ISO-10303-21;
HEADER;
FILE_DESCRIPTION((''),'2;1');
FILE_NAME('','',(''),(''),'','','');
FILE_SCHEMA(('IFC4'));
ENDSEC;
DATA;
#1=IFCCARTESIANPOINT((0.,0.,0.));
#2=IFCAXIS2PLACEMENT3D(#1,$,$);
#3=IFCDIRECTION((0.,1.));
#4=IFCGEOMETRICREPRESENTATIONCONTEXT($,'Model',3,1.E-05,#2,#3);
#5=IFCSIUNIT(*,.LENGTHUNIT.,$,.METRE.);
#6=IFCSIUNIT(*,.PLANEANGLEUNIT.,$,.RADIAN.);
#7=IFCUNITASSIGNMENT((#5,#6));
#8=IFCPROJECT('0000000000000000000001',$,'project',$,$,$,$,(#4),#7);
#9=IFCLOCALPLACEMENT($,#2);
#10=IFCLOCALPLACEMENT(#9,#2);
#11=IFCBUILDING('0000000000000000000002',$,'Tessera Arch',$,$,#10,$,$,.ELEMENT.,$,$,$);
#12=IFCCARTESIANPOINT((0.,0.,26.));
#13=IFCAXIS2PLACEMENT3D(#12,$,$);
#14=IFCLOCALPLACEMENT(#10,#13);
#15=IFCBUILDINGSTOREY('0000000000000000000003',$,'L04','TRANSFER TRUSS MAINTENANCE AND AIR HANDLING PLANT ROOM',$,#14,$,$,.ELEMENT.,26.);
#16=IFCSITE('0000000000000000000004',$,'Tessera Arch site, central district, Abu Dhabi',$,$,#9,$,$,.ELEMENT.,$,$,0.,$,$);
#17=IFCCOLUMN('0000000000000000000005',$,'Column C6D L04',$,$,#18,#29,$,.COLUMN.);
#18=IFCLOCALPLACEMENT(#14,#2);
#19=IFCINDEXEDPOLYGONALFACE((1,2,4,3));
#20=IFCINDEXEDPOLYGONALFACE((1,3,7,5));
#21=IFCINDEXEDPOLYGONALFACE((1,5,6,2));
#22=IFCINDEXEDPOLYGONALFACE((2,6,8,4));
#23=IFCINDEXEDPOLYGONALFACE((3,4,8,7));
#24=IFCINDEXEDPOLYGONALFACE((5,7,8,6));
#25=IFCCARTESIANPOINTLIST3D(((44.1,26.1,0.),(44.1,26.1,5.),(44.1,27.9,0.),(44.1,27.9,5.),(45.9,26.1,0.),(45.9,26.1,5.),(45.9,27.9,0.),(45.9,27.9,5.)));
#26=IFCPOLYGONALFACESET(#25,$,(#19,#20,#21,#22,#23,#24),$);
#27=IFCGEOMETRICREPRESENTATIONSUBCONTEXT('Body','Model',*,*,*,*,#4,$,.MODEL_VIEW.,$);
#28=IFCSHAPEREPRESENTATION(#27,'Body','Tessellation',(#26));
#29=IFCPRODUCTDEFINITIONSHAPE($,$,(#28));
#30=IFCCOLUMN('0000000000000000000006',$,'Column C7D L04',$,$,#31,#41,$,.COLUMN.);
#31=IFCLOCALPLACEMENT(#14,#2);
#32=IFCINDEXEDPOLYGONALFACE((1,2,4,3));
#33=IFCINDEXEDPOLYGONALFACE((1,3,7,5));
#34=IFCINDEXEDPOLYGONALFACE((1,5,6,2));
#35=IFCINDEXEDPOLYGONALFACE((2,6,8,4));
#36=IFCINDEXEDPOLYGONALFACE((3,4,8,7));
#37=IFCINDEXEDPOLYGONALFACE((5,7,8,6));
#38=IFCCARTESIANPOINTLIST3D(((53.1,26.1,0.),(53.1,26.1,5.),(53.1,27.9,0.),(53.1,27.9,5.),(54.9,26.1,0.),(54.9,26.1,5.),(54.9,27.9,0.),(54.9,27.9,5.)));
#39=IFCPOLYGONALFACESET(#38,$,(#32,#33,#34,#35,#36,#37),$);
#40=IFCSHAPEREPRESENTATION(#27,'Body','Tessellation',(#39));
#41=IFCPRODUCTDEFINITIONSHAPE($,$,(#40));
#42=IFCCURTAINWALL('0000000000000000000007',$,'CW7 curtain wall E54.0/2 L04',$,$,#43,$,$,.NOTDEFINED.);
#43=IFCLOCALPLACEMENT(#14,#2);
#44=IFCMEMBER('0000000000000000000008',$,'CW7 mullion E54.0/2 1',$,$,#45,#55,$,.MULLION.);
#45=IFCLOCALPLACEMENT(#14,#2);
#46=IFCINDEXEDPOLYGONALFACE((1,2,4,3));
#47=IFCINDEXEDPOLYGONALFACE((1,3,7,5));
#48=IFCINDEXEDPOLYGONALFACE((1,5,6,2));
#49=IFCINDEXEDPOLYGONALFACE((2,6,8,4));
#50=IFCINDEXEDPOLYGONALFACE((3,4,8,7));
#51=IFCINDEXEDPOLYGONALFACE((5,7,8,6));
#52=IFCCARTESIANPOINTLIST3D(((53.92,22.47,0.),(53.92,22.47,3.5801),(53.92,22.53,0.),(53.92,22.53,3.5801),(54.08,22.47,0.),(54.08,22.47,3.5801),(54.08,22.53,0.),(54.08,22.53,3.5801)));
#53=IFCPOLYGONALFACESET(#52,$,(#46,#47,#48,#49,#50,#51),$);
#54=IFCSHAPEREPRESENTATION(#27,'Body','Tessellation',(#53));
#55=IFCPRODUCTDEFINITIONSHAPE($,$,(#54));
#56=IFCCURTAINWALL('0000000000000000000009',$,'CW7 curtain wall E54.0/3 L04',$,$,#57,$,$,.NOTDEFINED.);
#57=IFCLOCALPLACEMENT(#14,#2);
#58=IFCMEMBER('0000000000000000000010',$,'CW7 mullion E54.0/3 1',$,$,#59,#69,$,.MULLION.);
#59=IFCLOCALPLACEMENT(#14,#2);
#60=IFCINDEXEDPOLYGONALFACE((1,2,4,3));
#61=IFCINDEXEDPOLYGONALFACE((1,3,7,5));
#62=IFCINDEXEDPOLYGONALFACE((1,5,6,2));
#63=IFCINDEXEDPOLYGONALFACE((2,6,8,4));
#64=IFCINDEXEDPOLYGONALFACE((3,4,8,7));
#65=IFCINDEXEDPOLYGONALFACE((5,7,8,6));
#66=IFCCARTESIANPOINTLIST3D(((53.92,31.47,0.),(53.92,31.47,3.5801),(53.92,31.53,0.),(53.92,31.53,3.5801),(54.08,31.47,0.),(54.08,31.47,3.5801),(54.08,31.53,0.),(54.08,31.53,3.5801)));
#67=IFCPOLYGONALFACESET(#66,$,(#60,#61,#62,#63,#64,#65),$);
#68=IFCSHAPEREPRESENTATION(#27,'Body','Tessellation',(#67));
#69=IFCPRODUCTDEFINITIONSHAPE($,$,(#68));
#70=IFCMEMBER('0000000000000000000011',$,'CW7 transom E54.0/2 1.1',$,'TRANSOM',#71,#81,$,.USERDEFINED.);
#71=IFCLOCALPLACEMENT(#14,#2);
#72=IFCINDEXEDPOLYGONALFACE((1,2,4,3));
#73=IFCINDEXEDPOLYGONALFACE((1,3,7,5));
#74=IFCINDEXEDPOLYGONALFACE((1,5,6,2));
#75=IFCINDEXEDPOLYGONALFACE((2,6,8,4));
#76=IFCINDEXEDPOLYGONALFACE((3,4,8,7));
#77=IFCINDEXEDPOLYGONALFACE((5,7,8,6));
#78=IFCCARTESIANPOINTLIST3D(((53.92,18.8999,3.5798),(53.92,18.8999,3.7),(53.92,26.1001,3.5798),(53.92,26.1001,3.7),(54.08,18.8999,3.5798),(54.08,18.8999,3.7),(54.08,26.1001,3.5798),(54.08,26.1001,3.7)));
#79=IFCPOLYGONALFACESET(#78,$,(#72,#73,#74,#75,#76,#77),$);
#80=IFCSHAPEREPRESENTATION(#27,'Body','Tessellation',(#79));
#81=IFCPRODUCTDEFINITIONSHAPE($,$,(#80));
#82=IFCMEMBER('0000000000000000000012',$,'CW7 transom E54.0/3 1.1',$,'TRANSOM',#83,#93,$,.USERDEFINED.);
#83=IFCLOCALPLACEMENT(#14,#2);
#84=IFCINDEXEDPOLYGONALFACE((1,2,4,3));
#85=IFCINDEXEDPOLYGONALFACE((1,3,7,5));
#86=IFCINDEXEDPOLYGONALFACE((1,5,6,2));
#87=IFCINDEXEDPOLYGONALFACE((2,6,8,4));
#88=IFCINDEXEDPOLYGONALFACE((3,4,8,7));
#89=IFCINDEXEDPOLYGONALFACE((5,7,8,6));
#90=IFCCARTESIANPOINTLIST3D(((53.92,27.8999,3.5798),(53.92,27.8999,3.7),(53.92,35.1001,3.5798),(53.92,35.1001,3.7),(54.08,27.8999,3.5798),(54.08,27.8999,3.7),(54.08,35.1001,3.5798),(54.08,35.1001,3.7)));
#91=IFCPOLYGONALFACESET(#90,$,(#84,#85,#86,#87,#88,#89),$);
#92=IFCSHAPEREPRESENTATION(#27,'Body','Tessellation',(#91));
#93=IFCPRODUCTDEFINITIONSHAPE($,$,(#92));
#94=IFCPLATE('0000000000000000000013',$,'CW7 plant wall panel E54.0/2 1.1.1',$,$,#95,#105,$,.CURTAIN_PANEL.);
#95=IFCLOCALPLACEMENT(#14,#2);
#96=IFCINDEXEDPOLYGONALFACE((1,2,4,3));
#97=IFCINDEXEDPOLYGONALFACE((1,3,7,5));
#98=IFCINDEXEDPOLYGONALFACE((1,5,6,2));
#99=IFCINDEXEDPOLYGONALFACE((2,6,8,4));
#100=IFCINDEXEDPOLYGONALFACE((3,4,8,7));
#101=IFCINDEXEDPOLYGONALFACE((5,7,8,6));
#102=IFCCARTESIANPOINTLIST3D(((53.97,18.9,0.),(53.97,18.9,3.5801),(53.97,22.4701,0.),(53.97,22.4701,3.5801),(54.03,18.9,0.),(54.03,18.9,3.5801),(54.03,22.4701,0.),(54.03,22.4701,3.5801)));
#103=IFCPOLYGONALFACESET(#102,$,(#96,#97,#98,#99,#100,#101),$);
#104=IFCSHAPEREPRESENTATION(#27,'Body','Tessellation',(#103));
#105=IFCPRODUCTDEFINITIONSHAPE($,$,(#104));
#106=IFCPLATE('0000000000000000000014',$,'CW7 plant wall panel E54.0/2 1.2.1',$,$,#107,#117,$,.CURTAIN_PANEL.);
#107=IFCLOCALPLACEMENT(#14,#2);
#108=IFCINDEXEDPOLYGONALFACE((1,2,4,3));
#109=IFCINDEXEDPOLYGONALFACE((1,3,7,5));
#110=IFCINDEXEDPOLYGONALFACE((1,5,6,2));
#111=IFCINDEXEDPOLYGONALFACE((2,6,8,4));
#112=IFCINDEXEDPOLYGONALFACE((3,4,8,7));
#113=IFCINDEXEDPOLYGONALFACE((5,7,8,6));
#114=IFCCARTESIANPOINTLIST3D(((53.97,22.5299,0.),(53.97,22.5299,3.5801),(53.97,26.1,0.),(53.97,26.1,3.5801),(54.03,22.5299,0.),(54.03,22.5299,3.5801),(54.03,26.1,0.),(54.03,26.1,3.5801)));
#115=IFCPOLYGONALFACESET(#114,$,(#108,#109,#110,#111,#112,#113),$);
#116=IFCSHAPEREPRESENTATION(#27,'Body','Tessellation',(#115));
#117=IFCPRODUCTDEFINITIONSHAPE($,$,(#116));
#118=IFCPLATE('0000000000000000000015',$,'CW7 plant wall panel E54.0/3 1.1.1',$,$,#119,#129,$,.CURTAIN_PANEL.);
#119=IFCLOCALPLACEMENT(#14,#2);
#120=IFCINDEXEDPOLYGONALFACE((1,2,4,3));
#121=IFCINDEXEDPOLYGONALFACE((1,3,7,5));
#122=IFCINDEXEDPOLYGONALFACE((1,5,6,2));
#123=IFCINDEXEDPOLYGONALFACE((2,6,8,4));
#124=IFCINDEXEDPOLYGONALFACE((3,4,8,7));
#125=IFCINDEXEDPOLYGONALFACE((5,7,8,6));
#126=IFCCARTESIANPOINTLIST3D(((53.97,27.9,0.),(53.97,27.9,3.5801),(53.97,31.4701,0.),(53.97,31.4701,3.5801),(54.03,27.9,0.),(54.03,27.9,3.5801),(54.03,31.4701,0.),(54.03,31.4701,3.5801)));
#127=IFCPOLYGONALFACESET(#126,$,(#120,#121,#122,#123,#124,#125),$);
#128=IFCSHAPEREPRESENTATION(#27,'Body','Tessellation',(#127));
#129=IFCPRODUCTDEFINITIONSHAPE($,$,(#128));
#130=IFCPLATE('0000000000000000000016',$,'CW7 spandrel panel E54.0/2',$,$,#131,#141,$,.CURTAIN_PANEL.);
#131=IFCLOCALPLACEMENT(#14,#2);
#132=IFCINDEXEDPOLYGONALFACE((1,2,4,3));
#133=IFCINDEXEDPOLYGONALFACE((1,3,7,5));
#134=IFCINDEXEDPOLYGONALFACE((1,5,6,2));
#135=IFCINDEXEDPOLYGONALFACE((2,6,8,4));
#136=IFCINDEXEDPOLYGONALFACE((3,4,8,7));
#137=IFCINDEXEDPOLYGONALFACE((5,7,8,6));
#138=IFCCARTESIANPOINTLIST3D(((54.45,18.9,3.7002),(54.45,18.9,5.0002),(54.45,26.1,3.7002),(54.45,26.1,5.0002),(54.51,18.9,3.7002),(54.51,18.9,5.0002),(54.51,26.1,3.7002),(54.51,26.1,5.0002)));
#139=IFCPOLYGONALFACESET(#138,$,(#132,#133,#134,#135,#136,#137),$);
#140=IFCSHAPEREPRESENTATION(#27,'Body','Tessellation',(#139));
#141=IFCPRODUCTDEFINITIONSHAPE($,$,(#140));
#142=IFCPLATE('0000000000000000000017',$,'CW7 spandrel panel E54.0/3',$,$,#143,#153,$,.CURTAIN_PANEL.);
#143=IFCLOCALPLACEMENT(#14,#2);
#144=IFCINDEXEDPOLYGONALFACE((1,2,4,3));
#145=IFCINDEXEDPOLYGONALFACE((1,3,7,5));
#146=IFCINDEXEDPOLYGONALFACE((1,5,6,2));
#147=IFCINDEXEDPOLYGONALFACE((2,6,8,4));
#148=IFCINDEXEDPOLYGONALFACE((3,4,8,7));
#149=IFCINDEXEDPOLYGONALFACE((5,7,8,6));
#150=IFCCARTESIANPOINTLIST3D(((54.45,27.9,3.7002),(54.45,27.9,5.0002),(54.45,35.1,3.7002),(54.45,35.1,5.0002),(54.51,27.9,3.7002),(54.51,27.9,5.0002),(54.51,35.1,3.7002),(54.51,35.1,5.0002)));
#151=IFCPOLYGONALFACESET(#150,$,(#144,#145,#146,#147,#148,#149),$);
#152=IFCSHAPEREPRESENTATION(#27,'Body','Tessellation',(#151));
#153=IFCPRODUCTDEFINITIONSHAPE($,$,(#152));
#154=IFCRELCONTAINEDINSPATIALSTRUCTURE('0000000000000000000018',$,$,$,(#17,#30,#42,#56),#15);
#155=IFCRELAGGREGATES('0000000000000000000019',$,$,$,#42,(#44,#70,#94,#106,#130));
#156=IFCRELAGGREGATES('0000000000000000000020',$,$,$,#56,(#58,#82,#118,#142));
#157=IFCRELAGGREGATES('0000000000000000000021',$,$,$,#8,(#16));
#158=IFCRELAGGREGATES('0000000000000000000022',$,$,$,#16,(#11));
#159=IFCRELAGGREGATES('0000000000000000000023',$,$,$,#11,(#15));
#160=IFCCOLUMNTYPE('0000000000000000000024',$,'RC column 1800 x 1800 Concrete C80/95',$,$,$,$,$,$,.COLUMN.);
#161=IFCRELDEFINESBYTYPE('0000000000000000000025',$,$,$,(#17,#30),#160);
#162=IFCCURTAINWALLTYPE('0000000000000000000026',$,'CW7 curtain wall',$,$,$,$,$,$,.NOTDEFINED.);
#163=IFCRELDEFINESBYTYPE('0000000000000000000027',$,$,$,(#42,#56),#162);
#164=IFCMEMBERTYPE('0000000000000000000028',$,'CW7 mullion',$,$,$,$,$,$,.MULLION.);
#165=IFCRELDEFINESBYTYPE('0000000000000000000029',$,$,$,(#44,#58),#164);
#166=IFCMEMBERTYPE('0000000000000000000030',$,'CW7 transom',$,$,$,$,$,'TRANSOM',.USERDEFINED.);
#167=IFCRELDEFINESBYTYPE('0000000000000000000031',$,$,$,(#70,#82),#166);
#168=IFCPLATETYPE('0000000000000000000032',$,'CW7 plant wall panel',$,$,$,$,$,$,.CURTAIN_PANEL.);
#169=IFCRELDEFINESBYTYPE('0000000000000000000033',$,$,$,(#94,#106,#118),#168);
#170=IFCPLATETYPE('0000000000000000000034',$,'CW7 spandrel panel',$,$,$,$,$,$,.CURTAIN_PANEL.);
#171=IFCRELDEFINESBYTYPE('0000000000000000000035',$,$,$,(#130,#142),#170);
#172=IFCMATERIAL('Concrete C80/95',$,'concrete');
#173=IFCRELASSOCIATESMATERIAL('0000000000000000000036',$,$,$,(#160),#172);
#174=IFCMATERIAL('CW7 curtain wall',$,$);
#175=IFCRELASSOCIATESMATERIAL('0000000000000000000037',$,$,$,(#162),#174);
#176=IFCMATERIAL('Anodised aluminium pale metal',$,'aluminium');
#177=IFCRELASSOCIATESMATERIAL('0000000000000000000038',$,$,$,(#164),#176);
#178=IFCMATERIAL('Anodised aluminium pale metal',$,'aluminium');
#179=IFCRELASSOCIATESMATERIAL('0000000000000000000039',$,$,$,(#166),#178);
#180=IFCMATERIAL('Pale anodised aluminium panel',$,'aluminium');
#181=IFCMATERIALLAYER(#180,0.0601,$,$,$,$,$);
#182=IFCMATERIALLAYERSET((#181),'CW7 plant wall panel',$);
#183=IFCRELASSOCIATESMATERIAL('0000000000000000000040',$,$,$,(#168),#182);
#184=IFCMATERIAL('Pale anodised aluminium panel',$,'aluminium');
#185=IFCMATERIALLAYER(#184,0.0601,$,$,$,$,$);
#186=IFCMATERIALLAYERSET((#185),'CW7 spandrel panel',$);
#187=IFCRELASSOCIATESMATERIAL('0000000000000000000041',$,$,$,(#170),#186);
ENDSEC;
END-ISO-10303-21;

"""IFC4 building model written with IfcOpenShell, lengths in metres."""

from ifc_helpers import new_model, si_unit, direction, frame, origin, origin_2d, place, context, subcontext, project, spatial, rectangle, extrude, material, layer, layer_set, material_profile, profile_set, type_object, element, aggregate, save


model = new_model("IFC4")

# Units and contexts
model_context = context("Model", 3, precision=1e-05, world=origin(), true_north=direction((0.0, 1.0)))
body_context = subcontext(model_context, "Body", "Model", "MODEL_VIEW")
ifc_project = project(units=[si_unit("LENGTHUNIT", "METRE"), si_unit("PLANEANGLEUNIT", "RADIAN")], contexts=[model_context])

# Site, building, storey
site_placement = place(None, origin())
site = spatial("IfcSite", under=ifc_project, at=site_placement, Name="Tessera Arch site, central district, Abu Dhabi", CompositionType="ELEMENT", RefElevation=0.0)
building_placement = place(site_placement, origin())
building = spatial("IfcBuilding", under=site, at=building_placement, Name="Tessera Arch", CompositionType="ELEMENT")
storey_placement = place(building_placement, frame((0.0, 0.0, 26.0)))
storey = spatial("IfcBuildingStorey", under=building, at=storey_placement, Name="L04", Description="TRANSFER TRUSS MAINTENANCE AND AIR HANDLING PLANT ROOM", CompositionType="ELEMENT", Elevation=26.0)

# Columns
ifc_material_1 = material(Name="Concrete C80/95", Category="concrete")
ifc_material_profile_1 = material_profile(ifc_material_1, rectangle(XDim=1.8, YDim=1.8, at=origin_2d()), Name="RC column 1800 x 1800 Concrete C80/95")
ifc_profile_set_1 = profile_set([ifc_material_profile_1], Name="Concrete C80/95")
column_type = type_object("IfcColumnType", Name="RC column 1800 x 1800 Concrete C80/95", PredefinedType="COLUMN", material=ifc_profile_set_1)
for number, where, z_axis, x_axis, name in (
    (1, (45.0, 27.0, 0.0), (0.0, 0.0, 1.0), (1.0, 0.0, 0.0), "Column C6D L04"),
    (2, (54.0, 27.0, 0.0), (0.0, 0.0, 1.0), (1.0, 0.0, 0.0), "Column C7D L04"),
):
    element("IfcColumn", number, at=place(storey_placement, frame(where, z_axis=z_axis, x_axis=x_axis)), inside=storey, type_object=column_type, Name=name, PredefinedType="COLUMN", context=body_context, shape_type="SweptSolid", body=[
        extrude(rectangle(XDim=1.8, YDim=1.8, at=origin_2d()), origin(), (0.0, 0.0, 1.0), 5.0),
    ])

# Curtain walls, members
ifc_material_2 = material(Name="CW7 curtain wall")
curtain_wall_type = type_object("IfcCurtainWallType", Name="CW7 curtain wall", PredefinedType="NOTDEFINED", material=ifc_material_2)
curtain_wall_1_placement = place(storey_placement, origin())
curtain_wall_1 = element("IfcCurtainWall", 3, at=curtain_wall_1_placement, inside=storey, type_object=curtain_wall_type, Name="CW7 curtain wall E54.0/2 L04", PredefinedType="NOTDEFINED")
ifc_material_3 = material(Name="Anodised aluminium pale metal", Category="aluminium")
ifc_material_profile_2 = material_profile(ifc_material_3, rectangle(XDim=0.1599, YDim=0.0601, at=origin_2d()), Name="AL 60x160")
ifc_profile_set_2 = profile_set([ifc_material_profile_2], Name="Anodised aluminium pale metal")
member_type_1 = type_object("IfcMemberType", Name="CW7 mullion", PredefinedType="MULLION", material=ifc_profile_set_2)
member_1_placement = place(storey_placement, frame((54.0, 22.5, 0.0), z_axis=(0.0, 0.0, 1.0), x_axis=(-1.0, 0.0, 0.0)))
member_1 = element("IfcMember", 4, at=member_1_placement, type_object=member_type_1, Name="CW7 mullion E54.0/2 1", PredefinedType="MULLION", context=body_context, shape_type="SweptSolid", body=[
    extrude(rectangle(XDim=0.1599, YDim=0.0601, at=origin_2d()), origin(), (0.0, 0.0, 1.0), 3.5801),
])
curtain_wall_2_placement = place(storey_placement, origin())
curtain_wall_2 = element("IfcCurtainWall", 5, at=curtain_wall_2_placement, inside=storey, type_object=curtain_wall_type, Name="CW7 curtain wall E54.0/3 L04", PredefinedType="NOTDEFINED")
member_2_placement = place(storey_placement, frame((54.0, 31.5, 0.0), z_axis=(0.0, 0.0, 1.0), x_axis=(-1.0, 0.0, 0.0)))
member_2 = element("IfcMember", 6, at=member_2_placement, type_object=member_type_1, Name="CW7 mullion E54.0/3 1", PredefinedType="MULLION", context=body_context, shape_type="SweptSolid", body=[
    extrude(rectangle(XDim=0.1599, YDim=0.0601, at=origin_2d()), origin(), (0.0, 0.0, 1.0), 3.5801),
])

# Members
ifc_material_4 = material(Name="Anodised aluminium pale metal", Category="aluminium")
ifc_material_profile_3 = material_profile(ifc_material_4, rectangle(XDim=0.1599, YDim=0.1201, at=origin_2d()), Name="AL 160x120")
ifc_profile_set_3 = profile_set([ifc_material_profile_3], Name="Anodised aluminium pale metal")
member_type_2 = type_object("IfcMemberType", Name="CW7 transom", ElementType="TRANSOM", PredefinedType="USERDEFINED", material=ifc_profile_set_3)
member_3_placement = place(storey_placement, frame((54.0, 18.8999, 3.6399), z_axis=(0.0, 1.0, 0.0), x_axis=(-1.0, 0.0, 0.0)))
member_3 = element("IfcMember", 7, at=member_3_placement, type_object=member_type_2, Name="CW7 transom E54.0/2 1.1", ObjectType="TRANSOM", PredefinedType="USERDEFINED", context=body_context, shape_type="SweptSolid", body=[
    extrude(rectangle(XDim=0.1599, YDim=0.1201, at=origin_2d()), origin(), (0.0, 0.0, 1.0), 7.2002),
])
member_4_placement = place(storey_placement, frame((54.0, 27.8999, 3.6399), z_axis=(0.0, 1.0, 0.0), x_axis=(-1.0, 0.0, 0.0)))
member_4 = element("IfcMember", 8, at=member_4_placement, type_object=member_type_2, Name="CW7 transom E54.0/3 1.1", ObjectType="TRANSOM", PredefinedType="USERDEFINED", context=body_context, shape_type="SweptSolid", body=[
    extrude(rectangle(XDim=0.1599, YDim=0.1201, at=origin_2d()), origin(), (0.0, 0.0, 1.0), 7.2002),
])

# Plates
ifc_material_5 = material(Name="Pale anodised aluminium panel", Category="aluminium")
ifc_layer_1 = layer(ifc_material_5, 0.0601)
ifc_layer_set_1 = layer_set([ifc_layer_1], Name="CW7 plant wall panel")
plate_type_1 = type_object("IfcPlateType", Name="CW7 plant wall panel", PredefinedType="CURTAIN_PANEL", material=ifc_layer_set_1)
plate_1_placement = place(storey_placement, frame((54.0, 20.6851, 0.0), z_axis=(0.0, 0.0, 1.0), x_axis=(0.0, 1.0, 0.0)))
plate_1 = element("IfcPlate", 9, at=plate_1_placement, type_object=plate_type_1, Name="CW7 plant wall panel E54.0/2 1.1.1", PredefinedType="CURTAIN_PANEL", context=body_context, shape_type="SweptSolid", body=[
    extrude(rectangle(XDim=3.5701, YDim=0.0601, at=origin_2d()), origin(), (0.0, 0.0, 1.0), 3.5801),
])
plate_2_placement = place(storey_placement, frame((54.0, 24.3149, 0.0), z_axis=(0.0, 0.0, 1.0), x_axis=(0.0, 1.0, 0.0)))
plate_2 = element("IfcPlate", 10, at=plate_2_placement, type_object=plate_type_1, Name="CW7 plant wall panel E54.0/2 1.2.1", PredefinedType="CURTAIN_PANEL", context=body_context, shape_type="SweptSolid", body=[
    extrude(rectangle(XDim=3.5701, YDim=0.0601, at=origin_2d()), origin(), (0.0, 0.0, 1.0), 3.5801),
])
plate_3_placement = place(storey_placement, frame((54.0, 29.6851, 0.0), z_axis=(0.0, 0.0, 1.0), x_axis=(0.0, 1.0, 0.0)))
plate_3 = element("IfcPlate", 11, at=plate_3_placement, type_object=plate_type_1, Name="CW7 plant wall panel E54.0/3 1.1.1", PredefinedType="CURTAIN_PANEL", context=body_context, shape_type="SweptSolid", body=[
    extrude(rectangle(XDim=3.5701, YDim=0.0601, at=origin_2d()), origin(), (0.0, 0.0, 1.0), 3.5801),
])
ifc_material_6 = material(Name="Pale anodised aluminium panel", Category="aluminium")
ifc_layer_2 = layer(ifc_material_6, 0.0601)
ifc_layer_set_2 = layer_set([ifc_layer_2], Name="CW7 spandrel panel")
plate_type_2 = type_object("IfcPlateType", Name="CW7 spandrel panel", PredefinedType="CURTAIN_PANEL", material=ifc_layer_set_2)
plate_4_placement = place(storey_placement, frame((54.48, 22.5, 3.7002), z_axis=(0.0, 0.0, 1.0), x_axis=(0.0, 1.0, 0.0)))
plate_4 = element("IfcPlate", 12, at=plate_4_placement, type_object=plate_type_2, Name="CW7 spandrel panel E54.0/2", PredefinedType="CURTAIN_PANEL", context=body_context, shape_type="SweptSolid", body=[
    extrude(rectangle(XDim=7.2, YDim=0.0601, at=origin_2d()), origin(), (0.0, 0.0, 1.0), 1.3),
])
aggregate(curtain_wall_1, [member_1, member_3, plate_1, plate_2, plate_4])
plate_5_placement = place(storey_placement, frame((54.48, 31.5, 3.7002), z_axis=(0.0, 0.0, 1.0), x_axis=(0.0, 1.0, 0.0)))
plate_5 = element("IfcPlate", 13, at=plate_5_placement, type_object=plate_type_2, Name="CW7 spandrel panel E54.0/3", PredefinedType="CURTAIN_PANEL", context=body_context, shape_type="SweptSolid", body=[
    extrude(rectangle(XDim=7.2, YDim=0.0601, at=origin_2d()), origin(), (0.0, 0.0, 1.0), 1.3),
])
aggregate(curtain_wall_2, [member_2, member_4, plate_3, plate_5])

save(model, "model.ifc")
